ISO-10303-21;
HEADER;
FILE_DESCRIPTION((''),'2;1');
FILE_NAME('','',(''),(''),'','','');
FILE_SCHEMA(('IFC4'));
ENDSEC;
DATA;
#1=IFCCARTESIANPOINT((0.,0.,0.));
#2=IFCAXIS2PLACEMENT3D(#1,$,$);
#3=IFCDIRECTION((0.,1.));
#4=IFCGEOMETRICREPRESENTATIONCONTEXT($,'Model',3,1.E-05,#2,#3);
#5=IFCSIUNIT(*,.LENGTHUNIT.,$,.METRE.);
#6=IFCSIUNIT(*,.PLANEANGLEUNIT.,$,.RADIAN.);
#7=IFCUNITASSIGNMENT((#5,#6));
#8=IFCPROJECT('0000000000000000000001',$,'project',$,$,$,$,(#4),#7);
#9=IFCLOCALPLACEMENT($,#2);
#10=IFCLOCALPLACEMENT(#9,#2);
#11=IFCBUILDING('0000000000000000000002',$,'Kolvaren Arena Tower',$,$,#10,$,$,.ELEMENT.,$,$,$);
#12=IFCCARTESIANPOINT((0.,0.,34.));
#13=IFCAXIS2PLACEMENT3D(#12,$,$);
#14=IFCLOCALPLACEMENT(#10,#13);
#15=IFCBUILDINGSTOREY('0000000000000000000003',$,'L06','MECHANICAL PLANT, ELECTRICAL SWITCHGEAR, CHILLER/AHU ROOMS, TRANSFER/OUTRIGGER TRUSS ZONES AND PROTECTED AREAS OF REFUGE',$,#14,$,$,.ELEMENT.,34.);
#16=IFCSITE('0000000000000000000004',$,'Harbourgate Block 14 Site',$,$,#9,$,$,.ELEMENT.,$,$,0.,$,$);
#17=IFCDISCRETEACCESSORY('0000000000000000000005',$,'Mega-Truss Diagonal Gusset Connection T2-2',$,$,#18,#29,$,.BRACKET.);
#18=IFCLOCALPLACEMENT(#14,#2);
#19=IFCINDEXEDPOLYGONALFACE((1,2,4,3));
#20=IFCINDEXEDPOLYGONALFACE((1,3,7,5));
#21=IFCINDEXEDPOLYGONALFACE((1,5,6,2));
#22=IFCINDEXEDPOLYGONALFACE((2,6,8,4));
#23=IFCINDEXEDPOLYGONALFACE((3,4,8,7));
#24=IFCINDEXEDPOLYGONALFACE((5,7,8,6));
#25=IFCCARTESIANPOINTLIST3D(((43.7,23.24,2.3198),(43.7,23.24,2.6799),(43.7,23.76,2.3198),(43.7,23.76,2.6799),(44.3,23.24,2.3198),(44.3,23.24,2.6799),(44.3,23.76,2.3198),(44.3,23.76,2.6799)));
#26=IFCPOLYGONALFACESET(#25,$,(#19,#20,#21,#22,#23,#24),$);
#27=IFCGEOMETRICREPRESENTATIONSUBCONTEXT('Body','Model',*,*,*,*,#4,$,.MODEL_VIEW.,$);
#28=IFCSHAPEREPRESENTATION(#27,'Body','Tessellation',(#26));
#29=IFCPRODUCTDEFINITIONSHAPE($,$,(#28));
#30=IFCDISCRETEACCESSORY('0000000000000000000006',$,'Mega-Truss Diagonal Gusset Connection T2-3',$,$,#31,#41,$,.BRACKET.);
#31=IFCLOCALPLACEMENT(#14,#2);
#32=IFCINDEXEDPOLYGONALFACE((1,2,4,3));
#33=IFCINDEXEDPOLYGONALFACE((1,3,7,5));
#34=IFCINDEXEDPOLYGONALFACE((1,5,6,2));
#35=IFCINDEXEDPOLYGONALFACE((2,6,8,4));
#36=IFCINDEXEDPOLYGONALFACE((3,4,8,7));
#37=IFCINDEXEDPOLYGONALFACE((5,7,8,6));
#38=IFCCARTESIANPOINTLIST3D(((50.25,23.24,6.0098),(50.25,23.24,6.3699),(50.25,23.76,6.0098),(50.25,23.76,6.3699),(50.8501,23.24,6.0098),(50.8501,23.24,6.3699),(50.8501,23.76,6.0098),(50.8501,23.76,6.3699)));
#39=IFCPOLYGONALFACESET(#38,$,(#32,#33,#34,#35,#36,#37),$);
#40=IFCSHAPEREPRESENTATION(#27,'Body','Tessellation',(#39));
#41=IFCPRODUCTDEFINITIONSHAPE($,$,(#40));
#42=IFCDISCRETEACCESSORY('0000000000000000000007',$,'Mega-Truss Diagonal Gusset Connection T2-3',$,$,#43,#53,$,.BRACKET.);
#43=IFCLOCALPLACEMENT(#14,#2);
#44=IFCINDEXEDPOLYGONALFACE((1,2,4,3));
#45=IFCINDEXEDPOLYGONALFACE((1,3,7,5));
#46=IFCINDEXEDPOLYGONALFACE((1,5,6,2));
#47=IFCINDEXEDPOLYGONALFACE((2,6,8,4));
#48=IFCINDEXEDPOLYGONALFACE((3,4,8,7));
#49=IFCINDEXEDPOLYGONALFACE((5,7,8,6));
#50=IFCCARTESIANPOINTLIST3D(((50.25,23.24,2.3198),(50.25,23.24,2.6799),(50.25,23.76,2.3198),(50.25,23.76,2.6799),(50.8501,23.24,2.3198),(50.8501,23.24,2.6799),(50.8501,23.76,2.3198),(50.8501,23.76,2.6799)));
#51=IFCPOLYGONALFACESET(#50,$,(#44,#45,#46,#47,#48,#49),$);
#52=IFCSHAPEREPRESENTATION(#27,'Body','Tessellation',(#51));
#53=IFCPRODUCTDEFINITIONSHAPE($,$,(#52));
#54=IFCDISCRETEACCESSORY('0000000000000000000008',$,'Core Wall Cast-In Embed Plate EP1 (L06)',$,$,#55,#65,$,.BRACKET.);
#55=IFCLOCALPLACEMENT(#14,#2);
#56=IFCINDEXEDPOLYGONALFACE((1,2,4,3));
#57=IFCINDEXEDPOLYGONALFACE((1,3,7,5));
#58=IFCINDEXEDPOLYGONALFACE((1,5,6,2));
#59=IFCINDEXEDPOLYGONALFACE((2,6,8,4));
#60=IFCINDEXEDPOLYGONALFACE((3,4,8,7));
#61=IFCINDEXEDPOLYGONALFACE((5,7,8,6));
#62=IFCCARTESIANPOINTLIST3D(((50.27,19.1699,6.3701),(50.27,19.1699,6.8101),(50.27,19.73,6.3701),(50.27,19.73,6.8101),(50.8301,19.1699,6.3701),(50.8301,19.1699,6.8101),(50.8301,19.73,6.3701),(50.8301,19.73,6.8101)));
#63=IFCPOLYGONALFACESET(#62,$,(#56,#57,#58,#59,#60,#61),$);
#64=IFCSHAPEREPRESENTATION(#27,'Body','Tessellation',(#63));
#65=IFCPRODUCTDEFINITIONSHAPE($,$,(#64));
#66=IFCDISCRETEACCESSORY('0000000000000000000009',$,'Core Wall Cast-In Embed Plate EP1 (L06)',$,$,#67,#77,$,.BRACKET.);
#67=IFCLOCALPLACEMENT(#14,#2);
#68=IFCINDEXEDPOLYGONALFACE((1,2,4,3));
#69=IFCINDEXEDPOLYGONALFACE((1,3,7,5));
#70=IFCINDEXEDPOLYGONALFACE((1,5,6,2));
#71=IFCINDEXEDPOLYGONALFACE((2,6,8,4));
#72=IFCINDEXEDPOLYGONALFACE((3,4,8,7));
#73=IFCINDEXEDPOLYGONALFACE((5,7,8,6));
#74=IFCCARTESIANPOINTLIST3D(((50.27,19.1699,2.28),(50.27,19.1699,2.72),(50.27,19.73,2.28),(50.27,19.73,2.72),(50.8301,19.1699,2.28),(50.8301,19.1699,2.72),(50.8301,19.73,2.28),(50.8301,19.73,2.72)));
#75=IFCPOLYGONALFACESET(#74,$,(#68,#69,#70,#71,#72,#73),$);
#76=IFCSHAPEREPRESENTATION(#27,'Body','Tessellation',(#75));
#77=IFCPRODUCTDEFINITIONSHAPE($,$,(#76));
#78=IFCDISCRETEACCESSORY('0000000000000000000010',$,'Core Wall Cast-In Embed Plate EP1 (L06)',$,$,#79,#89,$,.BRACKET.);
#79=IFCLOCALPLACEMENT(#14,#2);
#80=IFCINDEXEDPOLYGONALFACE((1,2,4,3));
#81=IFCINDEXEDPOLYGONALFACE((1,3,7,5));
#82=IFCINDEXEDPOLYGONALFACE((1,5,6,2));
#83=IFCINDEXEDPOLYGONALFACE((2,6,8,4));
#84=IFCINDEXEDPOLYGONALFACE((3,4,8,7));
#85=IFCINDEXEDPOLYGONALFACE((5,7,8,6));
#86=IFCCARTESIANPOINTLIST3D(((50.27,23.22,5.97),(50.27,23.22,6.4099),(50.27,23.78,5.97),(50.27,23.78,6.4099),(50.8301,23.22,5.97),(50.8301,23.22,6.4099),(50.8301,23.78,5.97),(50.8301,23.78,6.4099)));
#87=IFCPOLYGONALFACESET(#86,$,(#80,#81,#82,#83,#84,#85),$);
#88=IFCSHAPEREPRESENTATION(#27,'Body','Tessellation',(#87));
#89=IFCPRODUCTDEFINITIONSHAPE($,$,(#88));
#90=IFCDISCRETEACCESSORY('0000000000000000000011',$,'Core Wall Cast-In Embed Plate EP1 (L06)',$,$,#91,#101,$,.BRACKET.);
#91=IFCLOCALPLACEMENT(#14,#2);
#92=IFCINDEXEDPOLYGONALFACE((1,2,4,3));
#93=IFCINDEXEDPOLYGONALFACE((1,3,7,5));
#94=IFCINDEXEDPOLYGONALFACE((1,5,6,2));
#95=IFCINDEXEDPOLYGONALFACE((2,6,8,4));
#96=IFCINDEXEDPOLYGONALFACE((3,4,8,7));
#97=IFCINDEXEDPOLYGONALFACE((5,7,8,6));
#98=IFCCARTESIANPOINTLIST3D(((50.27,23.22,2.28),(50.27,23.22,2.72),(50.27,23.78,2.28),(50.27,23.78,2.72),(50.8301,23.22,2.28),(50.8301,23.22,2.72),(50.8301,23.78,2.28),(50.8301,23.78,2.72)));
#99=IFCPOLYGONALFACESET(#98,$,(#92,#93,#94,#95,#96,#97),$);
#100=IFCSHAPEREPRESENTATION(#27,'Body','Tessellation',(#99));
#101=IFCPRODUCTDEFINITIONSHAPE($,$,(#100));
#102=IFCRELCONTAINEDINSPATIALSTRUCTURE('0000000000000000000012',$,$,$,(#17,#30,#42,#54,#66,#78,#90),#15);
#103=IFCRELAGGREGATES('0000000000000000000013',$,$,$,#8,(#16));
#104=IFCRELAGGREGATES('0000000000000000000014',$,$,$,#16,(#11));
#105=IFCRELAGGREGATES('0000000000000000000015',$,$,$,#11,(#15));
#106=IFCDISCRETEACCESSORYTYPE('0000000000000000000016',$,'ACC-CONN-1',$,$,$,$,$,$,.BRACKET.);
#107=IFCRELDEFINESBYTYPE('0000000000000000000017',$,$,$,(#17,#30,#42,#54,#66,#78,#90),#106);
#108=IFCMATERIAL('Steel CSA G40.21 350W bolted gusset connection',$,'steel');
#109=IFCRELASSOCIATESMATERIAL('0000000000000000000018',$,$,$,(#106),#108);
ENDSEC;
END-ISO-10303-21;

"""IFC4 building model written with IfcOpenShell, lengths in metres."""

from ifc_helpers import new_model, si_unit, direction, frame, origin, origin_2d, place, context, subcontext, project, spatial, rectangle, extrude, material, type_object, element, save


model = new_model("IFC4")

# Units and contexts
model_context = context("Model", 3, precision=1e-05, world=origin(), true_north=direction((0.0, 1.0)))
body_context = subcontext(model_context, "Body", "Model", "MODEL_VIEW")
ifc_project = project(units=[si_unit("LENGTHUNIT", "METRE"), si_unit("PLANEANGLEUNIT", "RADIAN")], contexts=[model_context])

# Site, building, storey
site_placement = place(None, origin())
site = spatial("IfcSite", under=ifc_project, at=site_placement, Name="Harbourgate Block 14 Site", CompositionType="ELEMENT", RefElevation=0.0)
building_placement = place(site_placement, origin())
building = spatial("IfcBuilding", under=site, at=building_placement, Name="Kolvaren Arena Tower", CompositionType="ELEMENT")
storey_placement = place(building_placement, frame((0.0, 0.0, 34.0)))
storey = spatial("IfcBuildingStorey", under=building, at=storey_placement, Name="L06", Description="MECHANICAL PLANT, ELECTRICAL SWITCHGEAR, CHILLER/AHU ROOMS, TRANSFER/OUTRIGGER TRUSS ZONES AND PROTECTED AREAS OF REFUGE", CompositionType="ELEMENT", Elevation=34.0)

# Discrete accessories
ifc_material_1 = material(Name="Steel CSA G40.21 350W bolted gusset connection", Category="steel")
discrete_accessory_type = type_object("IfcDiscreteAccessoryType", Name="ACC-CONN-1", PredefinedType="BRACKET", material=ifc_material_1)
for number, where, z_axis, x_axis, name in (
    (1, (44.0, 23.5, 2.3198), (0.0, 0.0, 1.0), (1.0, 0.0, 0.0), "Mega-Truss Diagonal Gusset Connection T2-2"),
    (2, (50.55, 23.5, 6.0098), (0.0, 0.0, 1.0), (1.0, 0.0, 0.0), "Mega-Truss Diagonal Gusset Connection T2-3"),
    (3, (50.55, 23.5, 2.3198), (0.0, 0.0, 1.0), (1.0, 0.0, 0.0), "Mega-Truss Diagonal Gusset Connection T2-3"),
):
    element("IfcDiscreteAccessory", number, at=place(storey_placement, frame(where, z_axis=z_axis, x_axis=x_axis)), inside=storey, type_object=discrete_accessory_type, Name=name, PredefinedType="BRACKET", context=body_context, shape_type="SweptSolid", body=[
        extrude(rectangle(XDim=0.6001, YDim=0.52, at=origin_2d()), origin(), (0.0, 0.0, 1.0), 0.3601),
    ])
for number, where, z_axis, x_axis, name in (
    (4, (50.55, 19.45, 6.3701), (0.0, 0.0, 1.0), (1.0, 0.0, 0.0), "Core Wall Cast-In Embed Plate EP1 (L06)"),
    (5, (50.55, 19.45, 2.28), (0.0, 0.0, 1.0), (1.0, 0.0, 0.0), "Core Wall Cast-In Embed Plate EP1 (L06)"),
    (6, (50.55, 23.5, 5.97), (0.0, 0.0, 1.0), (1.0, 0.0, 0.0), "Core Wall Cast-In Embed Plate EP1 (L06)"),
    (7, (50.55, 23.5, 2.28), (0.0, 0.0, 1.0), (1.0, 0.0, 0.0), "Core Wall Cast-In Embed Plate EP1 (L06)"),
):
    element("IfcDiscreteAccessory", number, at=place(storey_placement, frame(where, z_axis=z_axis, x_axis=x_axis)), inside=storey, type_object=discrete_accessory_type, Name=name, PredefinedType="BRACKET", context=body_context, shape_type="SweptSolid", body=[
        extrude(rectangle(XDim=0.5601, YDim=0.5601, at=origin_2d()), origin(), (0.0, 0.0, 1.0), 0.4399),
    ])

save(model, "model.ifc")
